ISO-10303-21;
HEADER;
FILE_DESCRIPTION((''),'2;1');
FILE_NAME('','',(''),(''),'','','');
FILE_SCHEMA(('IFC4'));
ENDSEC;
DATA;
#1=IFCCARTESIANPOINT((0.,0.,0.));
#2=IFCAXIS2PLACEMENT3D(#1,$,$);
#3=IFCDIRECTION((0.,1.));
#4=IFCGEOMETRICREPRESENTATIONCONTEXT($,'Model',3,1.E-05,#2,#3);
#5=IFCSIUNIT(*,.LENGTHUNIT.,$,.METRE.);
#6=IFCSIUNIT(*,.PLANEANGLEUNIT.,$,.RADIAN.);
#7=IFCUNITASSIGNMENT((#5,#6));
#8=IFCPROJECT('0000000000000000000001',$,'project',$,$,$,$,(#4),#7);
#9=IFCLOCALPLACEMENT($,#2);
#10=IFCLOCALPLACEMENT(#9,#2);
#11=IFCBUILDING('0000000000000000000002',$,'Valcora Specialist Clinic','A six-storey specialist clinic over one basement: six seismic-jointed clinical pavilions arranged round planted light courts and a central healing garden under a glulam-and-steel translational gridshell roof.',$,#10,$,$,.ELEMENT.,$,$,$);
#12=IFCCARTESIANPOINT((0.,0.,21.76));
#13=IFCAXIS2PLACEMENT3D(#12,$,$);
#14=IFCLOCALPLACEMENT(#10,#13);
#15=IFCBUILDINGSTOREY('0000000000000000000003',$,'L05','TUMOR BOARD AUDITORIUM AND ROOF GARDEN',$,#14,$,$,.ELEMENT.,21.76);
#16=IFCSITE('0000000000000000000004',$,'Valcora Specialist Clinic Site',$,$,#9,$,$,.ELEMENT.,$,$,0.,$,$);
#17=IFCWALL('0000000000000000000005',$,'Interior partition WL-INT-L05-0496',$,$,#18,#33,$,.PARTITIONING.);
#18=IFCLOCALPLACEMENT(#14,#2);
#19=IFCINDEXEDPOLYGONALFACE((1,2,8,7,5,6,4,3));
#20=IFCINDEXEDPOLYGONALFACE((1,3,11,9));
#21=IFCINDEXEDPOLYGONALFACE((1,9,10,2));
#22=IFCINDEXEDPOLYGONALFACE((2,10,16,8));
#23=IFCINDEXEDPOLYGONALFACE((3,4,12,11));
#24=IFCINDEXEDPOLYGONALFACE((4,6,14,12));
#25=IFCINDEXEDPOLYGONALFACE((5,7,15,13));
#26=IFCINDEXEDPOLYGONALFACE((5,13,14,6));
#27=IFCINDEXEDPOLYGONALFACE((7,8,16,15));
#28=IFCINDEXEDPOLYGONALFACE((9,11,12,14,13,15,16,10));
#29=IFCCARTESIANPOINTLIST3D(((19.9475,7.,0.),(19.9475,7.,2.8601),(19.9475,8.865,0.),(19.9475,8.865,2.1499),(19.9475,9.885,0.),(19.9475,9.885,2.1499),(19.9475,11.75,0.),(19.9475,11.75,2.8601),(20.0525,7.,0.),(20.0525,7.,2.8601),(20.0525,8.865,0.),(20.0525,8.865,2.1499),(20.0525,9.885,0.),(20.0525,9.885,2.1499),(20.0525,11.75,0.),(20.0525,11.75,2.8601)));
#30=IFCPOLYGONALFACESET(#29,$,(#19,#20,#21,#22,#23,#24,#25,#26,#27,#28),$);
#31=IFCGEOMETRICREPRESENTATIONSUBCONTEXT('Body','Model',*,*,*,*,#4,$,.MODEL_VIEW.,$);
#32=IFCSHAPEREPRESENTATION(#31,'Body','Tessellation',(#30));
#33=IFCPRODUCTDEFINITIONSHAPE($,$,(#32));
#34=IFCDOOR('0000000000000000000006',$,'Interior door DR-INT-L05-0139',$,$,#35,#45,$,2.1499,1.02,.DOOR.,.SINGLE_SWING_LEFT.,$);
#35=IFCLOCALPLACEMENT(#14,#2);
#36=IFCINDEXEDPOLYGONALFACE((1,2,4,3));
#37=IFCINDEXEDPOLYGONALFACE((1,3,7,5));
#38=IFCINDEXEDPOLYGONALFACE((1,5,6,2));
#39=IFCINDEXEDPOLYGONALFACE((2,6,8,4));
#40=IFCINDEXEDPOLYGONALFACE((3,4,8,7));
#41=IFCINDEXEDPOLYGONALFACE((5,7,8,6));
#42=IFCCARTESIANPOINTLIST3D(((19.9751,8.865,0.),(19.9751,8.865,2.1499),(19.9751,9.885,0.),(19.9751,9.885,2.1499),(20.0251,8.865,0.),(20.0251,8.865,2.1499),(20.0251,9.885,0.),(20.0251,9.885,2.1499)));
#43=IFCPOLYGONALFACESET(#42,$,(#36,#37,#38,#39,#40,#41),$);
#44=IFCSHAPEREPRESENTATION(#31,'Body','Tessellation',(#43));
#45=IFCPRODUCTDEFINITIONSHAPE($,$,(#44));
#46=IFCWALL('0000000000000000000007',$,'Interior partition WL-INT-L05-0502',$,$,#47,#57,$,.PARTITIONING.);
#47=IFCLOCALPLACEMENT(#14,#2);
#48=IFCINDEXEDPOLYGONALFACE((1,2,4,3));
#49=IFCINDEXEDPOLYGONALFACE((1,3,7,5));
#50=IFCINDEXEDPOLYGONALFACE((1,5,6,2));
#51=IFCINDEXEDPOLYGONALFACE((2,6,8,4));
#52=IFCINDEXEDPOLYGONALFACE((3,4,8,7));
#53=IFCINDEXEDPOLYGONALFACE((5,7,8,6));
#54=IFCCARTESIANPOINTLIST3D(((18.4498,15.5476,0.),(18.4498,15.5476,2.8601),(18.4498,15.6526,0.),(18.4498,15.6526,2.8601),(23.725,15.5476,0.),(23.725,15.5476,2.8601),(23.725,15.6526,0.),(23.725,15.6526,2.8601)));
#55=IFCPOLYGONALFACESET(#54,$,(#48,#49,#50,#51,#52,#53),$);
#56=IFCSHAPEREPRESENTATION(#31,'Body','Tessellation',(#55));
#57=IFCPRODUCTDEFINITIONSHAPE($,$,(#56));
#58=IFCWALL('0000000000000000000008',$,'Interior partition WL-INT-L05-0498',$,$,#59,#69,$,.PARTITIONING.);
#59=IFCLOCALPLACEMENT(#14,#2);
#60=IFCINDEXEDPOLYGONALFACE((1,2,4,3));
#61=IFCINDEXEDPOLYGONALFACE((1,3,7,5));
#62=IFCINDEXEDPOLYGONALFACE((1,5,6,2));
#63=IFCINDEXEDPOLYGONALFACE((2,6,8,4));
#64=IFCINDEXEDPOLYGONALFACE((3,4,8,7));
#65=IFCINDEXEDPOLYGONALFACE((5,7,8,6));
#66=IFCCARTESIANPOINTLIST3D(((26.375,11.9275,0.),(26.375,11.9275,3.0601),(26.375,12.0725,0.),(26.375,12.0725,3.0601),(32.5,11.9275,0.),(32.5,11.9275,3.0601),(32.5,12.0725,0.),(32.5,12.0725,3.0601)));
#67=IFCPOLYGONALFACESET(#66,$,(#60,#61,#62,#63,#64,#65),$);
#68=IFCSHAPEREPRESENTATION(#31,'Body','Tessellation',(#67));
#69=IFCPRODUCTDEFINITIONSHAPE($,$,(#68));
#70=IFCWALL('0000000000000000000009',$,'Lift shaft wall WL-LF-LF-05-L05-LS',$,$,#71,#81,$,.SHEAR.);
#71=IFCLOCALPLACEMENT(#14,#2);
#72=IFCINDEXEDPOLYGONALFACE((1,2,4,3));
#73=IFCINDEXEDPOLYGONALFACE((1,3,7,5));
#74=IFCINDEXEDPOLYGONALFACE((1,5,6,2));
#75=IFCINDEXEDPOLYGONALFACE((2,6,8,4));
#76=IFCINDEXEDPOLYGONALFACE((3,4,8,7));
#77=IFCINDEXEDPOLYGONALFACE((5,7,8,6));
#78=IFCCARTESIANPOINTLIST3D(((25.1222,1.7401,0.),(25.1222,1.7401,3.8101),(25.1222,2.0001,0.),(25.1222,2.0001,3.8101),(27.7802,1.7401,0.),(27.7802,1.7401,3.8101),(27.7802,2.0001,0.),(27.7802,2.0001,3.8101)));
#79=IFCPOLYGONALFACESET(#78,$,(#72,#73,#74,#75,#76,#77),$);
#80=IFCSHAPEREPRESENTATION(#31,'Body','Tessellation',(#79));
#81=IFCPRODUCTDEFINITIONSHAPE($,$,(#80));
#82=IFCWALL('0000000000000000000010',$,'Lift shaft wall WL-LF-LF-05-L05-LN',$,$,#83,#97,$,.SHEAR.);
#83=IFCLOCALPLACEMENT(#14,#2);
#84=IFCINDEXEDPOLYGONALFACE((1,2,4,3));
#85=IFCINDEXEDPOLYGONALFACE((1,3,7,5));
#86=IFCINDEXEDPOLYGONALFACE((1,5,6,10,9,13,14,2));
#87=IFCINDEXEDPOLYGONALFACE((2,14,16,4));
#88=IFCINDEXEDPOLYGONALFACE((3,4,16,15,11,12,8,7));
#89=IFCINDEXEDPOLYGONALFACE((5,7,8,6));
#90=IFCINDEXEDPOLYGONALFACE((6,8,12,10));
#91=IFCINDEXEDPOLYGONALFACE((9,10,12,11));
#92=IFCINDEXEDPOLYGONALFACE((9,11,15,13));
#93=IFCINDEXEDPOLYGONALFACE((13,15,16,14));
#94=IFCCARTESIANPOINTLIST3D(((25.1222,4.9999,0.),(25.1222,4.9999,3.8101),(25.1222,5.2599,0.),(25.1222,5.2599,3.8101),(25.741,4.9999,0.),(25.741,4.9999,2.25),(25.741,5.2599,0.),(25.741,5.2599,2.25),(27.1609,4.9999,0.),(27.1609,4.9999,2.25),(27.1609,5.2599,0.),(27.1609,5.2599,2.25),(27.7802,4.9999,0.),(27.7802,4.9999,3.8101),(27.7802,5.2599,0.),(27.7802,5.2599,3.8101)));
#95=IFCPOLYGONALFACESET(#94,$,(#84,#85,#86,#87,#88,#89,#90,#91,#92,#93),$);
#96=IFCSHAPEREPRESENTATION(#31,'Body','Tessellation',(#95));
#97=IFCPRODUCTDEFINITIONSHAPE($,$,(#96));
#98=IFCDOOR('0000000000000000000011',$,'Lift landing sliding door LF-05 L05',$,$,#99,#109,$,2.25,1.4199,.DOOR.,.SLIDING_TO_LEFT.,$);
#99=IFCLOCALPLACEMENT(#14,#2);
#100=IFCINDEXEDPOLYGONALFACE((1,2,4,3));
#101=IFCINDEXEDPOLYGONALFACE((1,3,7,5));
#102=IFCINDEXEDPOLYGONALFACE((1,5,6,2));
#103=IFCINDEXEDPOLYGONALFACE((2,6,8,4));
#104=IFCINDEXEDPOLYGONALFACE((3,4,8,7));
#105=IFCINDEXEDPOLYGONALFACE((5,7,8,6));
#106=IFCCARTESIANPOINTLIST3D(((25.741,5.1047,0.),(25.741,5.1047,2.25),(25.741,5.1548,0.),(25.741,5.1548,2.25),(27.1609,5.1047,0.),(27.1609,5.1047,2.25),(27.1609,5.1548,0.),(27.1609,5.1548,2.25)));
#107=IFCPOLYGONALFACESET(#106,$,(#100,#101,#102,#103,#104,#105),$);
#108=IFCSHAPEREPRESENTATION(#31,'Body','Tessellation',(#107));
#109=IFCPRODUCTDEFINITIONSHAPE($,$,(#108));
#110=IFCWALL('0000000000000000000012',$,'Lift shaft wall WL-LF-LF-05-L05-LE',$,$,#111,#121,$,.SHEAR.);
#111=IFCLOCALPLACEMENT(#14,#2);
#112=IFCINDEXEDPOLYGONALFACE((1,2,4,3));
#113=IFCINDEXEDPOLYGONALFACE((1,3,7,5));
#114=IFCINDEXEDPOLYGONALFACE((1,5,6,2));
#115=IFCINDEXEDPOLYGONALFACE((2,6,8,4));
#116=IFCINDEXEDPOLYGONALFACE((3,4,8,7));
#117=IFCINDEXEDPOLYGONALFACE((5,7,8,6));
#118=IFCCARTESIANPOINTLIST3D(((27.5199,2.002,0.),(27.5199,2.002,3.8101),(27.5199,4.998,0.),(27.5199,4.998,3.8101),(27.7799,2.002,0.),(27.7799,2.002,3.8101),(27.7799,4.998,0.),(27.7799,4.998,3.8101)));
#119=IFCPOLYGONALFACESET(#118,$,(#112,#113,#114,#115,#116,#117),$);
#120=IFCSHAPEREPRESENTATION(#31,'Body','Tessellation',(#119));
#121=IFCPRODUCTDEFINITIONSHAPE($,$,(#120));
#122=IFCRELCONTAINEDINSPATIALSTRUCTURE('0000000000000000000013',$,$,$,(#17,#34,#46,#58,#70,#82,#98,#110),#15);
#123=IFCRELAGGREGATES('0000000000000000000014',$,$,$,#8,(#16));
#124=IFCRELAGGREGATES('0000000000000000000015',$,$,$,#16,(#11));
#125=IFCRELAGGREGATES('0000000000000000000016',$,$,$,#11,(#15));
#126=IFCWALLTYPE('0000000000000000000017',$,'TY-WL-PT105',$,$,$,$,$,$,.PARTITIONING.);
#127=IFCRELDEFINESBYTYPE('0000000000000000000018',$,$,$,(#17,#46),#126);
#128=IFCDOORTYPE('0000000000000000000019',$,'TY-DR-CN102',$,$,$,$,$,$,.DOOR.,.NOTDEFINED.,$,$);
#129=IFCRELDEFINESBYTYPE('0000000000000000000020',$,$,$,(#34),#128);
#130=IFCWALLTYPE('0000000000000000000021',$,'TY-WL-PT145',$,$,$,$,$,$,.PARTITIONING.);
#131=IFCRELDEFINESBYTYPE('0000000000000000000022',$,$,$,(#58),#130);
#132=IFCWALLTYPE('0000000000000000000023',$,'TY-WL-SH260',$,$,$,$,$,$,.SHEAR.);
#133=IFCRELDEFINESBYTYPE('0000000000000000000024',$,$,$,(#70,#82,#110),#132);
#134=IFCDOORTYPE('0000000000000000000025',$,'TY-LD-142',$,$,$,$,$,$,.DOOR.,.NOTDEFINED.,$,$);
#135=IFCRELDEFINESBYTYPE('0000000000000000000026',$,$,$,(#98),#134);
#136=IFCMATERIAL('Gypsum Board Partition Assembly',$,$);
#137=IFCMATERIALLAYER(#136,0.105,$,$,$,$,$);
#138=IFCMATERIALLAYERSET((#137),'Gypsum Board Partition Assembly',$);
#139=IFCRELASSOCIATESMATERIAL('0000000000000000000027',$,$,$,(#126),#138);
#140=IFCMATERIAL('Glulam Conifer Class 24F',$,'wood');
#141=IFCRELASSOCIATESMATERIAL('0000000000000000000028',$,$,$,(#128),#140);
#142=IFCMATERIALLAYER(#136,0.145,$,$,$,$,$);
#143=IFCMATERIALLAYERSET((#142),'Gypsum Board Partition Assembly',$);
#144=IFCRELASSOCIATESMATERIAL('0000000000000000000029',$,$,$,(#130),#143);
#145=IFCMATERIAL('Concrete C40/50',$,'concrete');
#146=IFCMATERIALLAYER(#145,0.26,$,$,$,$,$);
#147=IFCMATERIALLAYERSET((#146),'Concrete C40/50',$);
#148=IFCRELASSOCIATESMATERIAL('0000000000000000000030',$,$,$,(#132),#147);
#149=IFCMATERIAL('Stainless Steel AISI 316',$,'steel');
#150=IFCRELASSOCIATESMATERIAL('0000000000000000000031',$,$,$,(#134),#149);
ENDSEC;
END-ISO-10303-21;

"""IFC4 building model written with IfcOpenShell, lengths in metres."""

from ifc_helpers import new_model, si_unit, direction, frame, frame_2d, origin, place, context, subcontext, project, spatial, rectangle, extrude, material, layer, layer_set, type_object, element, fill, save


model = new_model("IFC4")

# Units and contexts
model_context = context("Model", 3, precision=1e-05, world=origin(), true_north=direction((0.0, 1.0)))
body_context = subcontext(model_context, "Body", "Model", "MODEL_VIEW")
ifc_project = project(units=[si_unit("LENGTHUNIT", "METRE"), si_unit("PLANEANGLEUNIT", "RADIAN")], contexts=[model_context])

# Site, building, storey
site_placement = place(None, origin())
site = spatial("IfcSite", under=ifc_project, at=site_placement, Name="Valcora Specialist Clinic Site", CompositionType="ELEMENT", RefElevation=0.0)
building_placement = place(site_placement, origin())
building = spatial("IfcBuilding", under=site, at=building_placement, Name="Valcora Specialist Clinic", Description="A six-storey specialist clinic over one basement: six seismic-jointed clinical pavilions arranged round planted light courts and a central healing garden under a glulam-and-steel translational gridshell roof.", CompositionType="ELEMENT")
storey_placement = place(building_placement, frame((0.0, 0.0, 21.76)))
storey = spatial("IfcBuildingStorey", under=building, at=storey_placement, Name="L05", Description="TUMOR BOARD AUDITORIUM AND ROOF GARDEN", CompositionType="ELEMENT", Elevation=21.76)

# Shared definitions
ifc_material_1 = material(Name="Concrete C40/50", Category="concrete")

# Shared definitions
ifc_material_2 = material(Name="Gypsum Board Partition Assembly")

# Wall, opening, door
ifc_layer_1 = layer(ifc_material_2, 0.105)
ifc_layer_set_1 = layer_set([ifc_layer_1], Name="Gypsum Board Partition Assembly")
wall_type_1 = type_object("IfcWallType", Name="TY-WL-PT105", PredefinedType="PARTITIONING", material=ifc_layer_set_1)
wall_1_placement = place(storey_placement, frame((20.0, 7.0, 0.0), z_axis=(0.0, 0.0, 1.0), x_axis=(0.0, 1.0, 0.0)))
wall_1 = element("IfcWall", 1, at=wall_1_placement, inside=storey, type_object=wall_type_1, Name="Interior partition WL-INT-L05-0496", PredefinedType="PARTITIONING", context=body_context, shape_type="SweptSolid", body=[
    extrude(rectangle(XDim=4.75, YDim=0.105, at=frame_2d((2.375, 0.0))), origin(), (0.0, 0.0, 1.0), 2.8601),
])
opening_1_placement = place(wall_1_placement, frame((1.865, 0.0, 0.0)))
opening_1 = element("IfcOpeningElement", 2, at=opening_1_placement, cuts=wall_1, PredefinedType="OPENING", context=body_context, shape_type="SweptSolid", body=[
    extrude(rectangle(XDim=1.02, YDim=2.1499, at=frame_2d((0.51, 1.075))), frame((0.0, 0.0625, 0.0), z_axis=(0.0, -1.0, 0.0), x_axis=(1.0, 0.0, 0.0)), (0.0, 0.0, 1.0), 0.125),
])
ifc_material_3 = material(Name="Glulam Conifer Class 24F", Category="wood")
door_type_1 = type_object("IfcDoorType", Name="TY-DR-CN102", OperationType="NOTDEFINED", PredefinedType="DOOR", material=ifc_material_3)
door_1_placement = place(opening_1_placement, origin())
door_1 = element("IfcDoor", 3, at=door_1_placement, inside=storey, type_object=door_type_1, Name="Interior door DR-INT-L05-0139", OperationType="SINGLE_SWING_LEFT", OverallHeight=2.1499, OverallWidth=1.02, PredefinedType="DOOR", context=body_context, shape_type="SweptSolid", body=[
    extrude(rectangle(XDim=1.02, YDim=2.1499, at=frame_2d((0.51, 1.075))), frame((0.0, 0.0249, 0.0), z_axis=(0.0, -1.0, 0.0), x_axis=(1.0, 0.0, 0.0)), (0.0, 0.0, 1.0), 0.05),
])
fill(opening_1, door_1)

# Walls
wall_2_placement = place(storey_placement, frame((23.7251, 15.6001, 0.0), z_axis=(0.0, 0.0, 1.0), x_axis=(-1.0, 0.0, 0.0)))
element("IfcWall", 4, at=wall_2_placement, inside=storey, type_object=wall_type_1, Name="Interior partition WL-INT-L05-0502", PredefinedType="PARTITIONING", context=body_context, shape_type="SweptSolid", body=[
    extrude(rectangle(XDim=5.2751, YDim=0.105, at=frame_2d((2.6377, 0.0))), origin(), (0.0, 0.0, 1.0), 2.8601),
])
ifc_layer_2 = layer(ifc_material_2, 0.145)
ifc_layer_set_2 = layer_set([ifc_layer_2], Name="Gypsum Board Partition Assembly")
wall_type_2 = type_object("IfcWallType", Name="TY-WL-PT145", PredefinedType="PARTITIONING", material=ifc_layer_set_2)
wall_3_placement = place(storey_placement, frame((26.375, 12.0, 0.0), z_axis=(0.0, 0.0, 1.0), x_axis=(1.0, 0.0, 0.0)))
element("IfcWall", 5, at=wall_3_placement, inside=storey, type_object=wall_type_2, Name="Interior partition WL-INT-L05-0498", PredefinedType="PARTITIONING", context=body_context, shape_type="SweptSolid", body=[
    extrude(rectangle(XDim=6.125, YDim=0.145, at=frame_2d((3.0625, 0.0))), origin(), (0.0, 0.0, 1.0), 3.0601),
])
ifc_layer_3 = layer(ifc_material_1, 0.26)
ifc_layer_set_3 = layer_set([ifc_layer_3], Name="Concrete C40/50")
wall_type_3 = type_object("IfcWallType", Name="TY-WL-SH260", PredefinedType="SHEAR", material=ifc_layer_set_3)
wall_4_placement = place(storey_placement, frame((25.1221, 1.8701, 0.0), z_axis=(0.0, 0.0, 1.0), x_axis=(1.0, 0.0, 0.0)))
element("IfcWall", 6, at=wall_4_placement, inside=storey, type_object=wall_type_3, Name="Lift shaft wall WL-LF-LF-05-L05-LS", PredefinedType="SHEAR", context=body_context, shape_type="SweptSolid", body=[
    extrude(rectangle(XDim=2.658, YDim=0.26, at=frame_2d((1.3291, 0.0))), origin(), (0.0, 0.0, 1.0), 3.8101),
])

# Wall, opening, door
wall_5_placement = place(storey_placement, frame((25.1221, 5.1299, 0.0), z_axis=(0.0, 0.0, 1.0), x_axis=(1.0, 0.0, 0.0)))
wall_5 = element("IfcWall", 7, at=wall_5_placement, inside=storey, type_object=wall_type_3, Name="Lift shaft wall WL-LF-LF-05-L05-LN", PredefinedType="SHEAR", context=body_context, shape_type="SweptSolid", body=[
    extrude(rectangle(XDim=2.658, YDim=0.26, at=frame_2d((1.3291, 0.0))), origin(), (0.0, 0.0, 1.0), 3.8101),
])
opening_2_placement = place(wall_5_placement, frame((0.6189, 0.0, 0.0)))
opening_2 = element("IfcOpeningElement", 8, at=opening_2_placement, cuts=wall_5, PredefinedType="OPENING", context=body_context, shape_type="SweptSolid", body=[
    extrude(rectangle(XDim=1.4199, YDim=2.25, at=frame_2d((0.71, 1.125))), frame((0.0, 0.1399, 0.0), z_axis=(0.0, -1.0, 0.0), x_axis=(1.0, 0.0, 0.0)), (0.0, 0.0, 1.0), 0.28),
])
ifc_material_4 = material(Name="Stainless Steel AISI 316", Category="steel")
door_type_2 = type_object("IfcDoorType", Name="TY-LD-142", OperationType="NOTDEFINED", PredefinedType="DOOR", material=ifc_material_4)
door_2_placement = place(opening_2_placement, origin())
door_2 = element("IfcDoor", 9, at=door_2_placement, inside=storey, type_object=door_type_2, Name="Lift landing sliding door LF-05 L05", OperationType="SLIDING_TO_LEFT", OverallHeight=2.25, OverallWidth=1.4199, PredefinedType="DOOR", context=body_context, shape_type="SweptSolid", body=[
    extrude(rectangle(XDim=1.4199, YDim=2.25, at=frame_2d((0.71, 1.125))), frame((0.0, 0.0249, 0.0), z_axis=(0.0, -1.0, 0.0), x_axis=(1.0, 0.0, 0.0)), (0.0, 0.0, 1.0), 0.05),
])
fill(opening_2, door_2)

# Wall
wall_6_placement = place(storey_placement, frame((27.6499, 2.002, 0.0), z_axis=(0.0, 0.0, 1.0), x_axis=(0.0, 1.0, 0.0)))
element("IfcWall", 10, at=wall_6_placement, inside=storey, type_object=wall_type_3, Name="Lift shaft wall WL-LF-LF-05-L05-LE", PredefinedType="SHEAR", context=body_context, shape_type="SweptSolid", body=[
    extrude(rectangle(XDim=2.9961, YDim=0.26, at=frame_2d((1.498, 0.0))), origin(), (0.0, 0.0, 1.0), 3.8101),
])

save(model, "model.ifc")
